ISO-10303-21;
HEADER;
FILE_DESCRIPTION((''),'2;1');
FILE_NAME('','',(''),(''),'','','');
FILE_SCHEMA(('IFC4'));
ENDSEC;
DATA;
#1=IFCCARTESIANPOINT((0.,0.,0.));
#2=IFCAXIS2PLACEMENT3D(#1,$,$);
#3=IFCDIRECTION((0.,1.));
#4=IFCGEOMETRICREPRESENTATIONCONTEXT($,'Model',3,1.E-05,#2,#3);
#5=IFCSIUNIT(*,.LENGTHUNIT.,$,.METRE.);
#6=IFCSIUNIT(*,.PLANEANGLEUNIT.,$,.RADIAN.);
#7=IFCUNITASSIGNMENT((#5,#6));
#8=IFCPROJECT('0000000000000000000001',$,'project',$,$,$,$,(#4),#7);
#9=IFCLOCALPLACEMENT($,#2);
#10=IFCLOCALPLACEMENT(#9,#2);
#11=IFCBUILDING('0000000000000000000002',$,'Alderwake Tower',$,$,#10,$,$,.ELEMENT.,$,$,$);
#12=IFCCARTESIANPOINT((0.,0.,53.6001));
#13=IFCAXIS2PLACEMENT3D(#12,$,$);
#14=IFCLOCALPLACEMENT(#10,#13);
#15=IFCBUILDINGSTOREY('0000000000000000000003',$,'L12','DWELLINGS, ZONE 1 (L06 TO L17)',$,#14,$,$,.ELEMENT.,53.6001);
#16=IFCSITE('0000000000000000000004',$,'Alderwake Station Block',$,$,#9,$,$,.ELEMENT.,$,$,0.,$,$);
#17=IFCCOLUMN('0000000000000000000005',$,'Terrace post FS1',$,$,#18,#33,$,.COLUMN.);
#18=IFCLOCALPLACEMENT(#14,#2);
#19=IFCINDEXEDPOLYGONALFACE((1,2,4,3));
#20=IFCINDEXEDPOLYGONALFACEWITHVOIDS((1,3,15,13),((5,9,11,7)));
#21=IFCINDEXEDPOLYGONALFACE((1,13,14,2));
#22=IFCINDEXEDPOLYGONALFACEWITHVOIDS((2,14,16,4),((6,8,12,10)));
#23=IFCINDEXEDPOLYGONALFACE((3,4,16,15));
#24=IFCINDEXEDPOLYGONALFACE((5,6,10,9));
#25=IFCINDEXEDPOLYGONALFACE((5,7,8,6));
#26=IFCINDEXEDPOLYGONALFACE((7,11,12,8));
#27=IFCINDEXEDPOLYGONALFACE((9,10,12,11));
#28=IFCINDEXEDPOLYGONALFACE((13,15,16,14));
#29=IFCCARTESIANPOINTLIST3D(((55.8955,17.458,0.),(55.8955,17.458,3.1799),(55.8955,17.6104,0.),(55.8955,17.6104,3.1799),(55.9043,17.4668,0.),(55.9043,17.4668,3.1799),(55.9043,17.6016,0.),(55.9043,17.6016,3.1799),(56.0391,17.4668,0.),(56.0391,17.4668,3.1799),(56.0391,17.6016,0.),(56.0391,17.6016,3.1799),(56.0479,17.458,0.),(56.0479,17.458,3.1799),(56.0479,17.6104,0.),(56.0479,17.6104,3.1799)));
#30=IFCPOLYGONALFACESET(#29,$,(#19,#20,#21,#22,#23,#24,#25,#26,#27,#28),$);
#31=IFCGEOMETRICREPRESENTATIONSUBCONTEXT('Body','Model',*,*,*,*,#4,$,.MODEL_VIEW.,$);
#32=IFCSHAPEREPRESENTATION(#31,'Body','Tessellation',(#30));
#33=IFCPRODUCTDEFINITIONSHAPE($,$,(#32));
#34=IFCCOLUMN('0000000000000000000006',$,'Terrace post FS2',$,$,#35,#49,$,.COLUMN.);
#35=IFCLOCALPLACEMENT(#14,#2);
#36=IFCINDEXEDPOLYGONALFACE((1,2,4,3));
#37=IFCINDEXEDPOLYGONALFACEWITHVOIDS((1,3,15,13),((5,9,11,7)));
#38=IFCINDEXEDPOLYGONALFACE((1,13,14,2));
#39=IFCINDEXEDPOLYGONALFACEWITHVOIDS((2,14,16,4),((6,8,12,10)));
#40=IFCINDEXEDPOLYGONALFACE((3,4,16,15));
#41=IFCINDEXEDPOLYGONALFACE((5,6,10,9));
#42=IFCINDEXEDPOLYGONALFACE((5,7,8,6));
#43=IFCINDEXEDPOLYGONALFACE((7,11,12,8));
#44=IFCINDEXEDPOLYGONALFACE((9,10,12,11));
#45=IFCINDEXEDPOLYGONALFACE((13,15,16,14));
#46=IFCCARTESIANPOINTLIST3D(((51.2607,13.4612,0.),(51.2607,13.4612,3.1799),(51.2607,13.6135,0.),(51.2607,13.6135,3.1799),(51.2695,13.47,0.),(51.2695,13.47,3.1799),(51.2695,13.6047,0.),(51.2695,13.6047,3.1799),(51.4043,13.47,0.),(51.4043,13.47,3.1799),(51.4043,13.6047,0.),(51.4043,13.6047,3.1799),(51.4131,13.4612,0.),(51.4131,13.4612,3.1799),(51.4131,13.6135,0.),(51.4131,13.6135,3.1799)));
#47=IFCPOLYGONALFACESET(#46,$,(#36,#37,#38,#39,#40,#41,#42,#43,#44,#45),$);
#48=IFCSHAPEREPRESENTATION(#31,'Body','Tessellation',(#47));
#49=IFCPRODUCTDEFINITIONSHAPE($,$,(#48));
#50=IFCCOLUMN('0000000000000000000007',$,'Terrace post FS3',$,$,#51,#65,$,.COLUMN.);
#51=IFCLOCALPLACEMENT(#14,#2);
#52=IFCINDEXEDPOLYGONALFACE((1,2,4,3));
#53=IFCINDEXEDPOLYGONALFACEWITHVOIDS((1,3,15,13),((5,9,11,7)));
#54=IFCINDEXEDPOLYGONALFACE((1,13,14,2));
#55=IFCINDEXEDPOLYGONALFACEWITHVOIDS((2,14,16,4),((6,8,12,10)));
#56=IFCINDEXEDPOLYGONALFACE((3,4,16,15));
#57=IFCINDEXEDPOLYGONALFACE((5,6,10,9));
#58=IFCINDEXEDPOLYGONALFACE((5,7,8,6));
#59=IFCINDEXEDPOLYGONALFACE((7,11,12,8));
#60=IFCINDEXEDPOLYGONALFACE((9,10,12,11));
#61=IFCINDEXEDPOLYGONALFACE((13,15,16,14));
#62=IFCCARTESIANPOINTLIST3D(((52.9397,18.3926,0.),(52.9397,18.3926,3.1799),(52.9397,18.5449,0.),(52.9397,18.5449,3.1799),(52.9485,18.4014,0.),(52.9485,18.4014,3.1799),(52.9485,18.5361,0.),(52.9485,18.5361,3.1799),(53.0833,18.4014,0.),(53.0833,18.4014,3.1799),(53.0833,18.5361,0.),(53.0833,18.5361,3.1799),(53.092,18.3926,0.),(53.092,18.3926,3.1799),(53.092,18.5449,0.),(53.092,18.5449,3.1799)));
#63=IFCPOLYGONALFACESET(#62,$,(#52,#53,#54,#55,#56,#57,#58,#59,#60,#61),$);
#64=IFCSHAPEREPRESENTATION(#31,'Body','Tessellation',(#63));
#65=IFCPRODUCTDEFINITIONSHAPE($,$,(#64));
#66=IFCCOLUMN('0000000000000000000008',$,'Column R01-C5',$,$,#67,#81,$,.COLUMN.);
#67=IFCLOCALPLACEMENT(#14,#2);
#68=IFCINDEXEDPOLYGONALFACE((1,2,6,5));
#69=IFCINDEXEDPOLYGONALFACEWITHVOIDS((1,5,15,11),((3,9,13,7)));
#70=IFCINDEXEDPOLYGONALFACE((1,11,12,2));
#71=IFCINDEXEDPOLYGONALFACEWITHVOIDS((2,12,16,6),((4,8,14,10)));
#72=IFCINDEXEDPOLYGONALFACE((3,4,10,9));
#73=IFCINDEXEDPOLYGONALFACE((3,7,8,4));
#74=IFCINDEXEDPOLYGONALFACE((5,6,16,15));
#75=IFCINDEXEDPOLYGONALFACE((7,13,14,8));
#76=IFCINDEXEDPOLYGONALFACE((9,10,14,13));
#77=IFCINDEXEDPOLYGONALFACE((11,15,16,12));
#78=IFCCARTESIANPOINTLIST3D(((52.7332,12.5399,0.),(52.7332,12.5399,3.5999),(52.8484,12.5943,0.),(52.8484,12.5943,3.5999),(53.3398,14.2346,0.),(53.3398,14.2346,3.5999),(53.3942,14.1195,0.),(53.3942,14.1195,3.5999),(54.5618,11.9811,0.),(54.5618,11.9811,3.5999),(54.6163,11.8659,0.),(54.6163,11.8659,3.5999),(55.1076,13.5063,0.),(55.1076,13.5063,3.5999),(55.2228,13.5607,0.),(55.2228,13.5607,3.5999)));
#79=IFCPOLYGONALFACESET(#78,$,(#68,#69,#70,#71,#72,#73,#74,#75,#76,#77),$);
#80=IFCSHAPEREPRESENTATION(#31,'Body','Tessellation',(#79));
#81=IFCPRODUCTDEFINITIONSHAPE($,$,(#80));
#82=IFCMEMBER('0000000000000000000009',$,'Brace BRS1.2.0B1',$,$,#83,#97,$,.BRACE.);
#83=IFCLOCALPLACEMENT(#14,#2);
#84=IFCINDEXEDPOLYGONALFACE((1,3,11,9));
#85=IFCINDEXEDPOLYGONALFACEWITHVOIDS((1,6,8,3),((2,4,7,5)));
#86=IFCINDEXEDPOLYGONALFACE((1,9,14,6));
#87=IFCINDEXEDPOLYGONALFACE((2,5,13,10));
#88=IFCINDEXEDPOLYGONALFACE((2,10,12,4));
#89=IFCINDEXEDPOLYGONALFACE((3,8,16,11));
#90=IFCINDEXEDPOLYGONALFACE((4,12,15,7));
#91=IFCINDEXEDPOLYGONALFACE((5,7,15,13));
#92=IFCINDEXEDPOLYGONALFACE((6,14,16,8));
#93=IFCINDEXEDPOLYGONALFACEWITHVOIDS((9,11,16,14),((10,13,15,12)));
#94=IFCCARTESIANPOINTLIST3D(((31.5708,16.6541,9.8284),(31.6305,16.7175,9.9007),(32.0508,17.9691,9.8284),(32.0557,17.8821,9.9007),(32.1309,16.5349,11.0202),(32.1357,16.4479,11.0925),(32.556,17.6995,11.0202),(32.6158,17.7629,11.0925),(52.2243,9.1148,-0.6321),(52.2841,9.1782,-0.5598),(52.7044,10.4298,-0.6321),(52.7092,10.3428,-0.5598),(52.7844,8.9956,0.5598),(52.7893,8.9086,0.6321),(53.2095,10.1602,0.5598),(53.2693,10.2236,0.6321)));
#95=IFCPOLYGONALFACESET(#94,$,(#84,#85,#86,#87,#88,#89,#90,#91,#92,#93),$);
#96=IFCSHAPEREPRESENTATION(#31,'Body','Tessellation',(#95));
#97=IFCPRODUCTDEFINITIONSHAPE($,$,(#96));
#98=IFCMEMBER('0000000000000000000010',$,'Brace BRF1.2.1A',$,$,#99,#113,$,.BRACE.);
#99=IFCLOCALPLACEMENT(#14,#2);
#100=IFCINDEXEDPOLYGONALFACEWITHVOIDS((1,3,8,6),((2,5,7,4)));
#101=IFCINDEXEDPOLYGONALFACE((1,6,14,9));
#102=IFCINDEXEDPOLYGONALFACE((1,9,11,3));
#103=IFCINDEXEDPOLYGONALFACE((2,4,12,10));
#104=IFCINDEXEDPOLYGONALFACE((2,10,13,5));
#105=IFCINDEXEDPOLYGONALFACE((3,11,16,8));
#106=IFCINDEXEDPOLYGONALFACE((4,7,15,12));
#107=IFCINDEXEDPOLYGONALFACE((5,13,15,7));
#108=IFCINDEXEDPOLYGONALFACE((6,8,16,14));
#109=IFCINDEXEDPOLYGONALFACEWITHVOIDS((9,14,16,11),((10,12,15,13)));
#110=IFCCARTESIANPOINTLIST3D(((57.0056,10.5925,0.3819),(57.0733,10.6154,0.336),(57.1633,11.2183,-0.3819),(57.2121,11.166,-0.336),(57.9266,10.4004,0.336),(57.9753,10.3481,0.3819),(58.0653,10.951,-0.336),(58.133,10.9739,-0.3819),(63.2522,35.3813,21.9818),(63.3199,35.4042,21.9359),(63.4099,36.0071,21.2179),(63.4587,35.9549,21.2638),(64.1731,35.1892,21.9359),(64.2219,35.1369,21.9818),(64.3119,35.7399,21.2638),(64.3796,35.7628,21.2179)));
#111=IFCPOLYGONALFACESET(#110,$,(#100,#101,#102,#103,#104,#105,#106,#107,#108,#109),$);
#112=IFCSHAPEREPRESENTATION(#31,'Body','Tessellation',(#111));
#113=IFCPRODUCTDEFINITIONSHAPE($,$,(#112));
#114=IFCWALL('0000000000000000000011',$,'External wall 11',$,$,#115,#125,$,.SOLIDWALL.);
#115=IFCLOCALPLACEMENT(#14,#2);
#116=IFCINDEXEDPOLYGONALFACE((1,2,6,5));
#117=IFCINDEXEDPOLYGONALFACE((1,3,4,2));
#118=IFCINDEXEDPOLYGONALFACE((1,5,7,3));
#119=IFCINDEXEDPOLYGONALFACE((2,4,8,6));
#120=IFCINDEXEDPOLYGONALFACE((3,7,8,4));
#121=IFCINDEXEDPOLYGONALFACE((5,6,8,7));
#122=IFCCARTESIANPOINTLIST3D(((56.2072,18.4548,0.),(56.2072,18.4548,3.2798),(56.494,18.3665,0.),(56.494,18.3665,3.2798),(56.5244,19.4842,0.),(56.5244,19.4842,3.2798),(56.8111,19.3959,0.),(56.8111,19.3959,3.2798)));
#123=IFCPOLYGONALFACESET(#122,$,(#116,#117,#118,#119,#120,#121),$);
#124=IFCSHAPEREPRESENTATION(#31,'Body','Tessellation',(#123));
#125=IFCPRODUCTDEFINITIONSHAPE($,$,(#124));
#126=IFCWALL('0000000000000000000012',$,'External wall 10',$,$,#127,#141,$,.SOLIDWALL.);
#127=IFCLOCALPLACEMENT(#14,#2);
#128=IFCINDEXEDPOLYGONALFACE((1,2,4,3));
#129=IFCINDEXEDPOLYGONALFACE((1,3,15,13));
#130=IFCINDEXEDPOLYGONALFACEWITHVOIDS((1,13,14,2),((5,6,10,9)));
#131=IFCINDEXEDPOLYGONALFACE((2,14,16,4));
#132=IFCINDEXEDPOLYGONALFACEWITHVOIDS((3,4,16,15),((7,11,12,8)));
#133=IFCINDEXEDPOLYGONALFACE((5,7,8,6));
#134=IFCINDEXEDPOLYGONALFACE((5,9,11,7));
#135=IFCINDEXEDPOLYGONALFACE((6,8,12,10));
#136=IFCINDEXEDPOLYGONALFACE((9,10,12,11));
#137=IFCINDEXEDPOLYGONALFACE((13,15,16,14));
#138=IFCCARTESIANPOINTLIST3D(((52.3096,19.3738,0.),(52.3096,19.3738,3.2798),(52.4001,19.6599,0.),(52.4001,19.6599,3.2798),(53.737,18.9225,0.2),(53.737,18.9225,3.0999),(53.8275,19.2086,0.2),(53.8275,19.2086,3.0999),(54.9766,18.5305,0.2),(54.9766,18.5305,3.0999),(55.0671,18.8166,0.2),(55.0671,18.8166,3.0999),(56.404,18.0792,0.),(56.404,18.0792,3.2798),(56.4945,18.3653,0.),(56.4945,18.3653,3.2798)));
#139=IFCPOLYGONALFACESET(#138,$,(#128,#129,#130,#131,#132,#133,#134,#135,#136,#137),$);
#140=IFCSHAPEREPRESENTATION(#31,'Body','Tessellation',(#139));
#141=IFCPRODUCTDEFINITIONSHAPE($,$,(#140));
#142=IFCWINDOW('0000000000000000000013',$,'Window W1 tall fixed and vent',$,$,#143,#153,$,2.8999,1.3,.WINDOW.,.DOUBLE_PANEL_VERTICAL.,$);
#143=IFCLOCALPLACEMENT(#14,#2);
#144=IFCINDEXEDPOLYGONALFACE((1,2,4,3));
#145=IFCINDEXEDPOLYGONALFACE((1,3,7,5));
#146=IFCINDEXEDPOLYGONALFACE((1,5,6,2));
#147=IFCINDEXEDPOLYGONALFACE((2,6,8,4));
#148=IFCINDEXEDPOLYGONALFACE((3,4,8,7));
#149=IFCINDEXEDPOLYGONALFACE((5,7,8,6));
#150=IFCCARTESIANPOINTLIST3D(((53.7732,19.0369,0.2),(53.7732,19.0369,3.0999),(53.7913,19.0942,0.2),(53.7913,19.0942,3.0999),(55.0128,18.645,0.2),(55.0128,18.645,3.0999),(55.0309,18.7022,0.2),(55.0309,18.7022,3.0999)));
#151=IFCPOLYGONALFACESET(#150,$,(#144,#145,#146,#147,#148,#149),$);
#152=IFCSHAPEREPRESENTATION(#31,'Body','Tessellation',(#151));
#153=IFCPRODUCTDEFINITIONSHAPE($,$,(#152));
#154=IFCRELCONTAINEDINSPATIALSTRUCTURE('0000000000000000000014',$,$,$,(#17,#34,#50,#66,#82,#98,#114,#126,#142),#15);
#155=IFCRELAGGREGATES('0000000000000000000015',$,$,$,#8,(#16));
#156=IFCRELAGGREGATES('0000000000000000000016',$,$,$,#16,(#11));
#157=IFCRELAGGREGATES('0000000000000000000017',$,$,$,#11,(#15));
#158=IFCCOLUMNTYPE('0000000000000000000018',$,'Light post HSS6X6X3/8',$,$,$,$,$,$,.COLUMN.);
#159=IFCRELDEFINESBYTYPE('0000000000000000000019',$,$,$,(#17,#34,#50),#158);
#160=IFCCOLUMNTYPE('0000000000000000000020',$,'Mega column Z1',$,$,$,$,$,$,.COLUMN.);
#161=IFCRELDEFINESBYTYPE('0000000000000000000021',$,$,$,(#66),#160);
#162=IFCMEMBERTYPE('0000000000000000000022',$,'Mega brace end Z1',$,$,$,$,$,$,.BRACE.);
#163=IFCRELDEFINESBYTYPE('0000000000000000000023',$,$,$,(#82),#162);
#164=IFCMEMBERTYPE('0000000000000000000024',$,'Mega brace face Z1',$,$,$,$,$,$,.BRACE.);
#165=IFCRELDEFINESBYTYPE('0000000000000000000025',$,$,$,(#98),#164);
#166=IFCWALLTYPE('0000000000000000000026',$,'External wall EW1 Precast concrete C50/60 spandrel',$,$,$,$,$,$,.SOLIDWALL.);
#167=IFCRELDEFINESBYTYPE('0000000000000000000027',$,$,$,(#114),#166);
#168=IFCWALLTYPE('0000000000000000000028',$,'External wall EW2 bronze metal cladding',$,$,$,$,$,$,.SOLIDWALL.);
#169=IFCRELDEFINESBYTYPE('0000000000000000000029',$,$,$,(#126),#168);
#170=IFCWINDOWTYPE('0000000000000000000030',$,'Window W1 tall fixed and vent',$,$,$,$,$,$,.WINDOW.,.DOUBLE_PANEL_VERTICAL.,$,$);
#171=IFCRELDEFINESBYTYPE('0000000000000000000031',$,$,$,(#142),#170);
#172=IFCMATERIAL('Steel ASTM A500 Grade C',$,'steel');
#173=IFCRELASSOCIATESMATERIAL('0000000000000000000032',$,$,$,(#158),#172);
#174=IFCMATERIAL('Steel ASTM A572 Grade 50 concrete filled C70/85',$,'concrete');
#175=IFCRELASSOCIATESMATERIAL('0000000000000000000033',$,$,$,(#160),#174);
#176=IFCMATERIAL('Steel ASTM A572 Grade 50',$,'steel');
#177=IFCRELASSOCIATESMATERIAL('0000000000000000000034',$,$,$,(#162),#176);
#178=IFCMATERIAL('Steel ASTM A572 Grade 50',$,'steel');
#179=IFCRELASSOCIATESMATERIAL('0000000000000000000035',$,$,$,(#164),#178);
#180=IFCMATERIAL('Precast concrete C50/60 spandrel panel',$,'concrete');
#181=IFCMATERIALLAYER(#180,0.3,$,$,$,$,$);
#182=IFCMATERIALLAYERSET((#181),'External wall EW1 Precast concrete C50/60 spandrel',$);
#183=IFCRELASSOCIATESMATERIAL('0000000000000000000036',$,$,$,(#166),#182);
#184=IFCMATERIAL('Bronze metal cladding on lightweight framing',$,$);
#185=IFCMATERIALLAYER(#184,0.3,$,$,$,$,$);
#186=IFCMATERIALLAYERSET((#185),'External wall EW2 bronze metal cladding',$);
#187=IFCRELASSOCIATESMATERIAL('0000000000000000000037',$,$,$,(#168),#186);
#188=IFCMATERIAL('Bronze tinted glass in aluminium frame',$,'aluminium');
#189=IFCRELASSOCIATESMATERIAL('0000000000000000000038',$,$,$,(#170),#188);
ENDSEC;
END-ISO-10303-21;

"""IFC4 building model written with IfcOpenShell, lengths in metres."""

from ifc_helpers import new_model, si_unit, direction, frame, frame_2d, origin, origin_2d, place, context, subcontext, project, spatial, rectangle, hollow_rectangle, extrude, material, layer, layer_set, material_profile, profile_set, type_object, element, fill, save


model = new_model("IFC4")

# Units and contexts
model_context = context("Model", 3, precision=1e-05, world=origin(), true_north=direction((0.0, 1.0)))
body_context = subcontext(model_context, "Body", "Model", "MODEL_VIEW")
ifc_project = project(units=[si_unit("LENGTHUNIT", "METRE"), si_unit("PLANEANGLEUNIT", "RADIAN")], contexts=[model_context])

# Site, building, storey
site_placement = place(None, origin())
site = spatial("IfcSite", under=ifc_project, at=site_placement, Name="Alderwake Station Block", CompositionType="ELEMENT", RefElevation=0.0)
building_placement = place(site_placement, origin())
building = spatial("IfcBuilding", under=site, at=building_placement, Name="Alderwake Tower", CompositionType="ELEMENT")
storey_placement = place(building_placement, frame((0.0, 0.0, 53.6001)))
storey = spatial("IfcBuildingStorey", under=building, at=storey_placement, Name="L12", Description="DWELLINGS, ZONE 1 (L06 TO L17)", CompositionType="ELEMENT", Elevation=53.6001)

# Columns
ifc_material_1 = material(Name="Steel ASTM A500 Grade C", Category="steel")
ifc_material_profile_1 = material_profile(ifc_material_1, hollow_rectangle(XDim=0.1523, YDim=0.1523, WallThickness=0.0088, at=origin_2d()), Name="HSS6X6X3/8")
ifc_profile_set_1 = profile_set([ifc_material_profile_1], Name="Steel ASTM A500 Grade C")
column_type_1 = type_object("IfcColumnType", Name="Light post HSS6X6X3/8", PredefinedType="COLUMN", material=ifc_profile_set_1)
for number, where, z_axis, x_axis, name in (
    (1, (55.9717, 17.5342, 0.0), (0.0, 0.0, 1.0), (1.0, 0.0, 0.0), "Terrace post FS1"),
    (2, (51.3369, 13.5374, 0.0), (0.0, 0.0, 1.0), (1.0, 0.0, 0.0), "Terrace post FS2"),
    (3, (53.0159, 18.4688, 0.0), (0.0, 0.0, 1.0), (1.0, 0.0, 0.0), "Terrace post FS3"),
):
    element("IfcColumn", number, at=place(storey_placement, frame(where, z_axis=z_axis, x_axis=x_axis)), inside=storey, type_object=column_type_1, Name=name, PredefinedType="COLUMN", context=body_context, shape_type="SweptSolid", body=[
        extrude(hollow_rectangle(XDim=0.1523, YDim=0.1523, WallThickness=0.0088, at=origin_2d()), origin(), (0.0, 0.0, 1.0), 3.1799),
    ])
ifc_material_2 = material(Name="Steel ASTM A572 Grade 50 concrete filled C70/85", Category="concrete")
ifc_material_profile_2 = material_profile(ifc_material_2, hollow_rectangle(XDim=1.8, YDim=2.0, WallThickness=0.0901, at=origin_2d()), Name="BOX 2000X1800X90")
ifc_profile_set_2 = profile_set([ifc_material_profile_2], Name="Steel ASTM A572 Grade 50 concrete filled C70/85")
column_type_2 = type_object("IfcColumnType", Name="Mega column Z1", PredefinedType="COLUMN", material=ifc_profile_set_2)
column_placement = place(storey_placement, frame((53.978, 13.0503, 0.0), z_axis=(0.0, 0.0, 1.0), x_axis=(0.336962, 0.941518, 0.0)))
element("IfcColumn", 4, at=column_placement, inside=storey, type_object=column_type_2, Name="Column R01-C5", PredefinedType="COLUMN", context=body_context, shape_type="SweptSolid", body=[
    extrude(hollow_rectangle(XDim=1.8, YDim=2.0, WallThickness=0.0901, at=origin_2d()), origin(), (0.0, 0.0, 1.0), 3.5999),
])

# Members
ifc_material_3 = material(Name="Steel ASTM A572 Grade 50", Category="steel")
ifc_material_profile_3 = material_profile(ifc_material_3, hollow_rectangle(XDim=1.3999, YDim=1.3999, WallThickness=0.0801, at=origin_2d()), Name="BOX 1400X1400X80")
ifc_profile_set_3 = profile_set([ifc_material_profile_3], Name="Steel ASTM A572 Grade 50")
member_type_1 = type_object("IfcMemberType", Name="Mega brace end Z1", PredefinedType="BRACE", material=ifc_profile_set_3)
member_1_placement = place(storey_placement, frame((52.7468, 9.6692, 0.0), z_axis=(-0.84826, 0.309646, 0.42962), x_axis=(-0.342905, -0.93937, 0.0)))
element("IfcMember", 5, at=member_1_placement, inside=storey, type_object=member_type_1, Name="Brace BRS1.2.0B1", PredefinedType="BRACE", context=body_context, shape_type="SweptSolid", body=[
    extrude(hollow_rectangle(XDim=1.3999, YDim=1.3999, WallThickness=0.0801, at=origin_2d()), origin(), (0.0, 0.0, 1.0), 24.3481),
])
ifc_material_4 = material(Name="Steel ASTM A572 Grade 50", Category="steel")
ifc_material_profile_4 = material_profile(ifc_material_4, hollow_rectangle(XDim=1.0, YDim=1.0, WallThickness=0.0601, at=origin_2d()), Name="BOX 1000X1000X60")
ifc_profile_set_4 = profile_set([ifc_material_profile_4], Name="Steel ASTM A572 Grade 50")
member_type_2 = type_object("IfcMemberType", Name="Mega brace face Z1", PredefinedType="BRACE", material=ifc_profile_set_4)
member_2_placement = place(storey_placement, frame((57.5693, 10.7832, 0.0), z_axis=(0.186647, 0.740688, 0.645402), x_axis=(-0.969686, 0.244353, 0.0)))
element("IfcMember", 6, at=member_2_placement, inside=storey, type_object=member_type_2, Name="Brace BRF1.2.1A", PredefinedType="BRACE", context=body_context, shape_type="SweptSolid", body=[
    extrude(hollow_rectangle(XDim=1.0, YDim=1.0, WallThickness=0.0601, at=origin_2d()), origin(), (0.0, 0.0, 1.0), 33.4673),
])

# Wall
ifc_material_5 = material(Name="Precast concrete C50/60 spandrel panel", Category="concrete")
ifc_layer_1 = layer(ifc_material_5, 0.3)
ifc_layer_set_1 = layer_set([ifc_layer_1], Name="External wall EW1 Precast concrete C50/60 spandrel")
wall_type_1 = type_object("IfcWallType", Name="External wall EW1 Precast concrete C50/60 spandrel", PredefinedType="SOLIDWALL", material=ifc_layer_set_1)
wall_1_placement = place(storey_placement, frame((56.3506, 18.4106, 0.0), z_axis=(0.0, 0.0, 1.0), x_axis=(0.294452, 0.955666, 0.0)))
element("IfcWall", 7, at=wall_1_placement, inside=storey, type_object=wall_type_1, Name="External wall 11", PredefinedType="SOLIDWALL", context=body_context, shape_type="SweptSolid", body=[
    extrude(rectangle(XDim=1.0771, YDim=0.3, at=frame_2d((0.5386, 0.0))), origin(), (0.0, 0.0, 1.0), 3.2798),
])

# Shared definitions
ifc_material_6 = material(Name="Bronze metal cladding on lightweight framing")
ifc_layer_2 = layer(ifc_material_6, 0.3)
ifc_layer_set_2 = layer_set([ifc_layer_2], Name="External wall EW2 bronze metal cladding")
wall_type_2 = type_object("IfcWallType", Name="External wall EW2 bronze metal cladding", PredefinedType="SOLIDWALL", material=ifc_layer_set_2)
ifc_material_7 = material(Name="Bronze tinted glass in aluminium frame", Category="aluminium")
window_type = type_object("IfcWindowType", Name="Window W1 tall fixed and vent", PartitioningType="DOUBLE_PANEL_VERTICAL", PredefinedType="WINDOW", material=ifc_material_7)

# Wall, opening, window
wall_2_placement = place(storey_placement, frame((52.355, 19.5168, 0.0), z_axis=(0.0, 0.0, 1.0), x_axis=(0.95347, -0.301488, 0.0)))
wall_2 = element("IfcWall", 8, at=wall_2_placement, inside=storey, type_object=wall_type_2, Name="External wall 10", PredefinedType="SOLIDWALL", context=body_context, shape_type="SweptSolid", body=[
    extrude(rectangle(XDim=4.2942, YDim=0.3, at=frame_2d((2.147, 0.0))), origin(), (0.0, 0.0, 1.0), 3.2798),
])
opening_1_placement = place(wall_2_placement, frame((1.4971, 0.0, 0.2)))
opening_1 = element("IfcOpeningElement", 9, at=opening_1_placement, cuts=wall_2, PredefinedType="OPENING", context=body_context, shape_type="SweptSolid", body=[
    extrude(rectangle(XDim=1.3, YDim=2.8999, at=frame_2d((0.6499, 1.45))), frame((0.0, 0.1599, 0.0), z_axis=(0.0, -1.0, 0.0), x_axis=(1.0, 0.0, 0.0)), (0.0, 0.0, 1.0), 0.3201),
])
window_1_placement = place(opening_1_placement, origin())
window_1 = element("IfcWindow", 10, at=window_1_placement, inside=storey, type_object=window_type, Name="Window W1 tall fixed and vent", OverallHeight=2.8999, OverallWidth=1.3, PartitioningType="DOUBLE_PANEL_VERTICAL", PredefinedType="WINDOW", context=body_context, shape_type="SweptSolid", body=[
    extrude(rectangle(XDim=1.3, YDim=2.8999, at=frame_2d((0.6499, 1.45))), frame((0.0, 0.03, 0.0), z_axis=(0.0, -1.0, 0.0), x_axis=(1.0, 0.0, 0.0)), (0.0, 0.0, 1.0), 0.0601),
])
fill(opening_1, window_1)

save(model, "model.ifc")
